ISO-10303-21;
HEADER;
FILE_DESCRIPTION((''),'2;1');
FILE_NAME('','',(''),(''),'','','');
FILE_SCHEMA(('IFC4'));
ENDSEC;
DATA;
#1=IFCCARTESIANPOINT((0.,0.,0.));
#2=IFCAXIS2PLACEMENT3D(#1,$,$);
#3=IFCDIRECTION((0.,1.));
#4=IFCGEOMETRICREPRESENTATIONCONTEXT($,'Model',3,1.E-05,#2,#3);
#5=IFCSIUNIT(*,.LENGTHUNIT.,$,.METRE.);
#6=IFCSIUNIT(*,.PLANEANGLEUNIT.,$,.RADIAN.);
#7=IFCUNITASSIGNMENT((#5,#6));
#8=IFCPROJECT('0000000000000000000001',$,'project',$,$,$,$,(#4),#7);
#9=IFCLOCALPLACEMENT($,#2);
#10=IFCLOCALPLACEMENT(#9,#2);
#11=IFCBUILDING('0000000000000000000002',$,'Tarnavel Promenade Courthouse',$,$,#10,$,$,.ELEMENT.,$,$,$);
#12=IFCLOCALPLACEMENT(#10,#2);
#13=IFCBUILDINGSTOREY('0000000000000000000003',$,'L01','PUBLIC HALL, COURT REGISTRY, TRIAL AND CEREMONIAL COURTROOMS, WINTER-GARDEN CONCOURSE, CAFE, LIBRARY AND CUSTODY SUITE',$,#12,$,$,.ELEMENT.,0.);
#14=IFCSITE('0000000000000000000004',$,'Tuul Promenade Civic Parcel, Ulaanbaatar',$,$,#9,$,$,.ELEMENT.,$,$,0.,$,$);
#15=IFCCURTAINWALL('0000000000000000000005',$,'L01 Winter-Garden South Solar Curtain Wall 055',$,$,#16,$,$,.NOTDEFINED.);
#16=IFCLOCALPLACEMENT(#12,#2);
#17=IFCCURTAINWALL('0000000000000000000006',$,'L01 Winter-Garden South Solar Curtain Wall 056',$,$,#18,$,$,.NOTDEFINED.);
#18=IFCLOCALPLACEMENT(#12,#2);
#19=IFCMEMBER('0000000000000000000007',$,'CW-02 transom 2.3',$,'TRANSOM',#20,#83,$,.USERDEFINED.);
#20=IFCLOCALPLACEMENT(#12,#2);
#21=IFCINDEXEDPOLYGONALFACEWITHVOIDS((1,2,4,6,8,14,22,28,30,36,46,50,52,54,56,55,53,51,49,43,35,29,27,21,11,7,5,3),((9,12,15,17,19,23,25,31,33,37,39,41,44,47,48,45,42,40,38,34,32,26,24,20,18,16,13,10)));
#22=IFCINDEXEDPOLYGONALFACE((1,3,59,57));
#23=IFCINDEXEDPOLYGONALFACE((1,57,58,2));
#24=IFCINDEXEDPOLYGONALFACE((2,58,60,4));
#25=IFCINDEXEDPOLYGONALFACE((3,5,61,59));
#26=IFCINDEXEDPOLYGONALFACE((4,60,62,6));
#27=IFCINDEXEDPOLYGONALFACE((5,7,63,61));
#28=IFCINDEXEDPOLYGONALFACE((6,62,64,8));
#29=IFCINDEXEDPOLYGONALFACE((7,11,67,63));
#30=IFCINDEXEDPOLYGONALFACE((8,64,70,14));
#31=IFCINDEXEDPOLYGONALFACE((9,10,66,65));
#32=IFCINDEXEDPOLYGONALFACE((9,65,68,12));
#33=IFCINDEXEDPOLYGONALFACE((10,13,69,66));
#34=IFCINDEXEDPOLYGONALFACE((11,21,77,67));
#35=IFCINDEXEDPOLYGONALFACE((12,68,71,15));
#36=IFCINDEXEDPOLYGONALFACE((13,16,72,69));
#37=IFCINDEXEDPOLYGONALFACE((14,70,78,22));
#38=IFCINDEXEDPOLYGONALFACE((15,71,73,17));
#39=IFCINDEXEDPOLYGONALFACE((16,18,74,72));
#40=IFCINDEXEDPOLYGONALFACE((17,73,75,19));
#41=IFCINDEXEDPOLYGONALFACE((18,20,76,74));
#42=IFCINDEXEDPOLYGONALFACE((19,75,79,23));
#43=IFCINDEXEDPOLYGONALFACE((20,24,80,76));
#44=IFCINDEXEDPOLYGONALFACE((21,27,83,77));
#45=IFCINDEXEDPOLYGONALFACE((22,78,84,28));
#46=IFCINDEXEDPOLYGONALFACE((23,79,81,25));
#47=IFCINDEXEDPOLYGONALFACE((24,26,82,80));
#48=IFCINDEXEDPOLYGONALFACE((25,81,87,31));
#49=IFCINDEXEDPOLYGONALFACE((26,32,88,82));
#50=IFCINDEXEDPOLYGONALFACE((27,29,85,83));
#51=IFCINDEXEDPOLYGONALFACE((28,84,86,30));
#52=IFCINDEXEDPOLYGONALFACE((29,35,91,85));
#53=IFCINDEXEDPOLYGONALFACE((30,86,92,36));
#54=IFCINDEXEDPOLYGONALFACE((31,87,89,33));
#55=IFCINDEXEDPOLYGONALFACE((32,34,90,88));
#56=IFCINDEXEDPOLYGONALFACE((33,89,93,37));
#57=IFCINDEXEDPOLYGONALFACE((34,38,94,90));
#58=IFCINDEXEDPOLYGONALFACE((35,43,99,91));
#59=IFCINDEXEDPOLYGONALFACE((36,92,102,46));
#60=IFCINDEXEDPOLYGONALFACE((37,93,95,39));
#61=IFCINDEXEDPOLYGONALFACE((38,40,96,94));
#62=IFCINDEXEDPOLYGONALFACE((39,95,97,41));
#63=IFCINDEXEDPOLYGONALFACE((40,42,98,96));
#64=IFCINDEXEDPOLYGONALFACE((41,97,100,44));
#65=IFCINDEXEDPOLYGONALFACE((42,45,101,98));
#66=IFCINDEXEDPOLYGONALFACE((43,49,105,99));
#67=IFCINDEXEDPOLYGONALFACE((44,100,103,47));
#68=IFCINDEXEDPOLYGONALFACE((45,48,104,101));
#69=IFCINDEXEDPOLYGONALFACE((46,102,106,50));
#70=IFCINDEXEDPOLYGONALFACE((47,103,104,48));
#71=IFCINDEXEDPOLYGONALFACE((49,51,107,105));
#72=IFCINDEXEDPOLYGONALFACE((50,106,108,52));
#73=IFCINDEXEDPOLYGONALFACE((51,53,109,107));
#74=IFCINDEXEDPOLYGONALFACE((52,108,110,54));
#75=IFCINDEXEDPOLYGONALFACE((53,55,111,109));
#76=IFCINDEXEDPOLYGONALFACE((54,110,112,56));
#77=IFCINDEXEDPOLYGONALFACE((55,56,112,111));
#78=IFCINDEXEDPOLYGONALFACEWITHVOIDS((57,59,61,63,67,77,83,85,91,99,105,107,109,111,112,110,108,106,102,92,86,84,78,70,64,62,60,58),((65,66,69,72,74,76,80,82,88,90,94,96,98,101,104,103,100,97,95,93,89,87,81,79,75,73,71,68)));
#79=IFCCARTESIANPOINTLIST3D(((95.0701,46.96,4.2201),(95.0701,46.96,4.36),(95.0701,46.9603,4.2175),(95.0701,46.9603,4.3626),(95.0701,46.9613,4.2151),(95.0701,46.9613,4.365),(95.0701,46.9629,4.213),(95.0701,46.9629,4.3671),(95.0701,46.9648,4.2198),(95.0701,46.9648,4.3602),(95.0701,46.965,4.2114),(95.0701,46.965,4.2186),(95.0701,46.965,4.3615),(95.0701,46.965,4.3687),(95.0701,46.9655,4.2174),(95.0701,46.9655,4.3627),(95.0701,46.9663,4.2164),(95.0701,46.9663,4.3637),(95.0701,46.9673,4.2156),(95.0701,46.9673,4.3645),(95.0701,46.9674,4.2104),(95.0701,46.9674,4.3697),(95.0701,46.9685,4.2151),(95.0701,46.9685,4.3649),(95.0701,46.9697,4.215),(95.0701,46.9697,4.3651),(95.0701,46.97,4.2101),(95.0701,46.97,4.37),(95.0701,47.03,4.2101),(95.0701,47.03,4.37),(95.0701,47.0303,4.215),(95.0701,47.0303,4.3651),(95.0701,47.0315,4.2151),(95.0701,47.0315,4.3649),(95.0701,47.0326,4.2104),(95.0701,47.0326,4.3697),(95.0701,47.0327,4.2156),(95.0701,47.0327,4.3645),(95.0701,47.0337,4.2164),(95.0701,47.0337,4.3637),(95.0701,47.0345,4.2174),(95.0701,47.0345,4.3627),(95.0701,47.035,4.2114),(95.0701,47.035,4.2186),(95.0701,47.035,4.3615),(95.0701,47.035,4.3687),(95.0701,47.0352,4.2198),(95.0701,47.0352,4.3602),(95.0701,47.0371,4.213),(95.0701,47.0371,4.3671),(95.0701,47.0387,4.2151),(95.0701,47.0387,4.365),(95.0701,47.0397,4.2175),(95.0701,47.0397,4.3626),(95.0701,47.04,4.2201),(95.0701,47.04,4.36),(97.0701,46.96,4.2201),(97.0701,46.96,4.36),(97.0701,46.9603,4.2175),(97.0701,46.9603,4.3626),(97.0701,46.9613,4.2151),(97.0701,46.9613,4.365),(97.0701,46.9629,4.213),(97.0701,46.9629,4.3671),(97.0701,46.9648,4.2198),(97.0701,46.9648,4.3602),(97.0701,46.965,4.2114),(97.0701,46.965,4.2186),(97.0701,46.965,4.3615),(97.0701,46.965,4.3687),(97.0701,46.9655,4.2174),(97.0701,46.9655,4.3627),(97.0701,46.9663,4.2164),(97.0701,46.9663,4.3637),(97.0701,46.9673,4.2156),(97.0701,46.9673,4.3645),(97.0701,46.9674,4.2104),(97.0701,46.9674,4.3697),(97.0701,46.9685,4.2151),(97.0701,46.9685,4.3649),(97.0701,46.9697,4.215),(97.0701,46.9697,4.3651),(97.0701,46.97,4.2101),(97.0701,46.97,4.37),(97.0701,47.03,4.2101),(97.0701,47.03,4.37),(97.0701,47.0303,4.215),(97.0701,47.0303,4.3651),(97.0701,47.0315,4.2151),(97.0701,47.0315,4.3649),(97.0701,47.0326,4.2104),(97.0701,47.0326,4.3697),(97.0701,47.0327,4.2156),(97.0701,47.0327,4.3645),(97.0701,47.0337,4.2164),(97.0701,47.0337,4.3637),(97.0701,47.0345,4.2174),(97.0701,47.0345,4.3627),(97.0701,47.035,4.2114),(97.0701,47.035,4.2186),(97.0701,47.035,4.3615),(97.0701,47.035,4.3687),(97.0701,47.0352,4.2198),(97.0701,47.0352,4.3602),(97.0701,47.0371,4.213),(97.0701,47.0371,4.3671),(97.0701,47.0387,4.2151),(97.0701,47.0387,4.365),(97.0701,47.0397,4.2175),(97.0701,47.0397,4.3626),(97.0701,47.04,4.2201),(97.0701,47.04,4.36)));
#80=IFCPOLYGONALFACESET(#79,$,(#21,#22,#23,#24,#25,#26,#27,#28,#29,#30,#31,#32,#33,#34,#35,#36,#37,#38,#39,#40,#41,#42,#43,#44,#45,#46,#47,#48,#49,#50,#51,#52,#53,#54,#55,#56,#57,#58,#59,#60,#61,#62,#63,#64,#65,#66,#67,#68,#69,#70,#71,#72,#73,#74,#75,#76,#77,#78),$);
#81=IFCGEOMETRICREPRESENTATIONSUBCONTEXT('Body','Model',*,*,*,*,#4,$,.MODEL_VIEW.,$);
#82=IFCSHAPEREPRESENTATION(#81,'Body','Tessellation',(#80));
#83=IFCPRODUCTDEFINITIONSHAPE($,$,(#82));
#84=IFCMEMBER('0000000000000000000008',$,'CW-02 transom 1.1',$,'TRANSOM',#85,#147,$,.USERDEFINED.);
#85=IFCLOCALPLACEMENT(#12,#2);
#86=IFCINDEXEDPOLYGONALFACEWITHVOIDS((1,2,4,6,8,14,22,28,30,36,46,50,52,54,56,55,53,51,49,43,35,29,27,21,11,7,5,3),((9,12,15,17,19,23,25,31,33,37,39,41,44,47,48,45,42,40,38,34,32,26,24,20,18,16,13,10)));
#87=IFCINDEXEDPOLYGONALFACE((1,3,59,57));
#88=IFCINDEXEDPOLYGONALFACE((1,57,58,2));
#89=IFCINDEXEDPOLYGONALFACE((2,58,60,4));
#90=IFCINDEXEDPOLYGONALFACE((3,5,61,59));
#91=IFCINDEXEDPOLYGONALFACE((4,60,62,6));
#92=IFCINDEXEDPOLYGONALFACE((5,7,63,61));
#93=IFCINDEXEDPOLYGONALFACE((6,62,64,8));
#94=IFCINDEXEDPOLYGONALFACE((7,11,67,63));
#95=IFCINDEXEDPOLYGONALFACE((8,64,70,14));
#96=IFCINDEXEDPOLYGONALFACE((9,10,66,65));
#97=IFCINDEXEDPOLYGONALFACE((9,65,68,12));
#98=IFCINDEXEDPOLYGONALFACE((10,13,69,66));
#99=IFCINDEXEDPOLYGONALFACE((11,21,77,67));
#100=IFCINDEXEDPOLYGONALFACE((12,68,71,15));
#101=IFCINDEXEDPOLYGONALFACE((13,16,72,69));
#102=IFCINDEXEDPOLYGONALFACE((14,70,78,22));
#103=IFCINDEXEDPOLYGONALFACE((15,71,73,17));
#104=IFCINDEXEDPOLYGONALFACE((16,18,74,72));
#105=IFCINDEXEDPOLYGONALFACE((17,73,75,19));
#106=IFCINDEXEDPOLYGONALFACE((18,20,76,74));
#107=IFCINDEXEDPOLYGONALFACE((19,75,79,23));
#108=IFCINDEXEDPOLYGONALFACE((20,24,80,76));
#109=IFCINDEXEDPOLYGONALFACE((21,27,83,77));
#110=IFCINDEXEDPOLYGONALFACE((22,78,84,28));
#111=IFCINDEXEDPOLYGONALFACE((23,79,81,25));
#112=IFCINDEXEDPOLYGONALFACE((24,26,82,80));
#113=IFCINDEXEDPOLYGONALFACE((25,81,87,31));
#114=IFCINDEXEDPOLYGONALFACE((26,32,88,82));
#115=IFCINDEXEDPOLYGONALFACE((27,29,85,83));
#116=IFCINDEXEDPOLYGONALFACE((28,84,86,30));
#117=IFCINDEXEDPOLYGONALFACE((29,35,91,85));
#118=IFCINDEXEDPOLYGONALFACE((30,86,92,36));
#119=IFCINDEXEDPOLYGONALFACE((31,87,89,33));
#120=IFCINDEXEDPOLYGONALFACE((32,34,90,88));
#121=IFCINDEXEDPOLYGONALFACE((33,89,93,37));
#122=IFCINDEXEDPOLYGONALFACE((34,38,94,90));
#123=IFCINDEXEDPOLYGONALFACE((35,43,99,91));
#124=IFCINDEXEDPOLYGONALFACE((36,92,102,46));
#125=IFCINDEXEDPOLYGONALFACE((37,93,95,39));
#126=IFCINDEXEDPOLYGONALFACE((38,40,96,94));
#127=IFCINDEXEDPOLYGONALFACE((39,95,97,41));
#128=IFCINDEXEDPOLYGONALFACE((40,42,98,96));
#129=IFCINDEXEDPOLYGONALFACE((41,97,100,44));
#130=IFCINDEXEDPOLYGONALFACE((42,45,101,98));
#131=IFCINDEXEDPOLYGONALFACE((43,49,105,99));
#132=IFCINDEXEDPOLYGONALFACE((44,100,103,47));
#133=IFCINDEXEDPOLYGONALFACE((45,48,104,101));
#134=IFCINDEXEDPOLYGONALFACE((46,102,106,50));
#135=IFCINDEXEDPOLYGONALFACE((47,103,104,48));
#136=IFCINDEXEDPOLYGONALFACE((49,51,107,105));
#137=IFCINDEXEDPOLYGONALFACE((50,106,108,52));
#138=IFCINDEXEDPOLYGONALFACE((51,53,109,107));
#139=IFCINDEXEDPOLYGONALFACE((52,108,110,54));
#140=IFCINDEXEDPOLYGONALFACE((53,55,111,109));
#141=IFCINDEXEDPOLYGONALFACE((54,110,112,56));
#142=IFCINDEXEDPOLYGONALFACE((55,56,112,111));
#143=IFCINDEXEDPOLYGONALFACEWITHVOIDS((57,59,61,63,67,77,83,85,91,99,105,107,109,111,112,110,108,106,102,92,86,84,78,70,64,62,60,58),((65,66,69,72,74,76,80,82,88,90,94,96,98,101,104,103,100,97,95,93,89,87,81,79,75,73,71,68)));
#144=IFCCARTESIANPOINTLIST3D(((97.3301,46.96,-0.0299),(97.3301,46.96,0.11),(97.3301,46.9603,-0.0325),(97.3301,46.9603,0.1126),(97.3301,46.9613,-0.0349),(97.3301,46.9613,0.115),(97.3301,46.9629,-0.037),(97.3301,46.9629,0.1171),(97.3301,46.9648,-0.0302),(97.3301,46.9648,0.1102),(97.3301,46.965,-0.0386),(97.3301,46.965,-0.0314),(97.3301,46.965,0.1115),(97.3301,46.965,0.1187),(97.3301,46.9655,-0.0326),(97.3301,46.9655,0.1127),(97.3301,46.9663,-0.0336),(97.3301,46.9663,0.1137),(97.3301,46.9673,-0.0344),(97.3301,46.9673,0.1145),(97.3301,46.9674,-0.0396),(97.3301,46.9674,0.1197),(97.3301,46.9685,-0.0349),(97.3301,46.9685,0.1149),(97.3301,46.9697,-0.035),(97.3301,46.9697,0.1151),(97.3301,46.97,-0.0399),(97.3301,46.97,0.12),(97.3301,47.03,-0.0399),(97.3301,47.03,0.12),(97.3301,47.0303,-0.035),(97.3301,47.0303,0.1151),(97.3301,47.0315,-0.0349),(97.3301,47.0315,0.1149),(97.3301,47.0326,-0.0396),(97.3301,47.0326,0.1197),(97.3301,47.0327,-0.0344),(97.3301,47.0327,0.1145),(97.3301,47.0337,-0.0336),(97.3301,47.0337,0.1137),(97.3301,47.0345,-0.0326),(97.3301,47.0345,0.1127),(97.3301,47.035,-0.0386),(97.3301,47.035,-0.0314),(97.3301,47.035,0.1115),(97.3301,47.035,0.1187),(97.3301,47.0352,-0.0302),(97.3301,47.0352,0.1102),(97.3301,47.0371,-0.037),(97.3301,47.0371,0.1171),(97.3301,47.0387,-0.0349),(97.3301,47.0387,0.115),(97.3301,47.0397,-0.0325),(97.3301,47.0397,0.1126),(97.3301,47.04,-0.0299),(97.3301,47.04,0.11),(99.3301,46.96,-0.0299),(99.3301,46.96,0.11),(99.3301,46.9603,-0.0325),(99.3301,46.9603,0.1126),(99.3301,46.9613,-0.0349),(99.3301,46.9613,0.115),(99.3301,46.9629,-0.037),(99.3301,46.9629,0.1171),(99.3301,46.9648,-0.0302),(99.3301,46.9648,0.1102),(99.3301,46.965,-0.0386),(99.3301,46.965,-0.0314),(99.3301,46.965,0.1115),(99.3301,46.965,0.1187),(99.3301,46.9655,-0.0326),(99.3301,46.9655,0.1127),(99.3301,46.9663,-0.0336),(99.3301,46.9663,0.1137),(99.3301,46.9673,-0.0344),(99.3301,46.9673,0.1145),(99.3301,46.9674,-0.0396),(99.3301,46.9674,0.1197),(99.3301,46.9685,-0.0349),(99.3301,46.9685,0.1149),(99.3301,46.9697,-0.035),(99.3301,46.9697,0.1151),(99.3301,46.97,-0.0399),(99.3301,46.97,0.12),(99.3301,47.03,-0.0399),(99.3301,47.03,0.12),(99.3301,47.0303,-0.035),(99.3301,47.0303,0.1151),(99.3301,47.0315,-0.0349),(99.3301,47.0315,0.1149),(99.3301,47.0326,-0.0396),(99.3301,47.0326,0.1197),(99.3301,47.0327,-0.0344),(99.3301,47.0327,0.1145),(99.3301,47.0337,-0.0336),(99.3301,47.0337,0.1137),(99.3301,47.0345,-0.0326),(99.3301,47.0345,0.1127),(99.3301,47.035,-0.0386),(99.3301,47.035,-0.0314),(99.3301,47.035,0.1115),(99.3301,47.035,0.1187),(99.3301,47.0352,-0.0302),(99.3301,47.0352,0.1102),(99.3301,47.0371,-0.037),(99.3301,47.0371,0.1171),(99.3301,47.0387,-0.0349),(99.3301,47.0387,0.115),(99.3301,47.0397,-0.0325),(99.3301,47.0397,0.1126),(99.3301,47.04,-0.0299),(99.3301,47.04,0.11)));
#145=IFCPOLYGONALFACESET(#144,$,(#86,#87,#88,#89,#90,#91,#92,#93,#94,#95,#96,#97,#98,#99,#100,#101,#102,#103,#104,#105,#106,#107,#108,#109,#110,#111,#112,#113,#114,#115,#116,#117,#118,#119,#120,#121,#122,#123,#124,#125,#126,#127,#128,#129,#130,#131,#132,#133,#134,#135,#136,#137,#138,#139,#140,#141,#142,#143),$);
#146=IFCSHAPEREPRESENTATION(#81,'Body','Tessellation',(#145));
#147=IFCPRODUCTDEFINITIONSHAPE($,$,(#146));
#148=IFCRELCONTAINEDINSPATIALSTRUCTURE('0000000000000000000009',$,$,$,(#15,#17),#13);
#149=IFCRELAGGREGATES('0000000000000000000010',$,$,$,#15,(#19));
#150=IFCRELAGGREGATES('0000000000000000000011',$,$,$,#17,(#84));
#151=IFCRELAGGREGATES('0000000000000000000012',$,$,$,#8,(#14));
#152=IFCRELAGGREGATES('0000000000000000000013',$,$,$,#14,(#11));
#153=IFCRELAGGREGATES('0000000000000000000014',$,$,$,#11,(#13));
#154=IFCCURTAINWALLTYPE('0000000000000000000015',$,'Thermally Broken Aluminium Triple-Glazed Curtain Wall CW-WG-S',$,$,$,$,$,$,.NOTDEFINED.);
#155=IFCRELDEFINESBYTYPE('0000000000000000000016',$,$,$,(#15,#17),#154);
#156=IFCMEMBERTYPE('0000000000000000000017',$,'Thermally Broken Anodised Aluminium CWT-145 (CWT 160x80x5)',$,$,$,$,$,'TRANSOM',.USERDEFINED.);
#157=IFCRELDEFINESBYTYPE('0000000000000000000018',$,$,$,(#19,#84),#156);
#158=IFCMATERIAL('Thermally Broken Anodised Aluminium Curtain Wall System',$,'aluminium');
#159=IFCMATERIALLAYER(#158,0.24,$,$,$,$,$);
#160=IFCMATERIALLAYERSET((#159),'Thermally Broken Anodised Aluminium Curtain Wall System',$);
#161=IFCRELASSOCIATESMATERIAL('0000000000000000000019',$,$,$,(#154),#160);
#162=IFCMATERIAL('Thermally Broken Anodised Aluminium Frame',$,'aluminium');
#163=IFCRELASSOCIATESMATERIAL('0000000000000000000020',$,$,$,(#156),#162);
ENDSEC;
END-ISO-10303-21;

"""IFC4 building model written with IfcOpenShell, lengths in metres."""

from ifc_helpers import new_model, si_unit, direction, frame, origin, origin_2d, place, context, subcontext, project, spatial, hollow_rectangle, extrude, material, layer, layer_set, material_profile, profile_set, type_object, element, aggregate, save


model = new_model("IFC4")

# Units and contexts
model_context = context("Model", 3, precision=1e-05, world=origin(), true_north=direction((0.0, 1.0)))
body_context = subcontext(model_context, "Body", "Model", "MODEL_VIEW")
ifc_project = project(units=[si_unit("LENGTHUNIT", "METRE"), si_unit("PLANEANGLEUNIT", "RADIAN")], contexts=[model_context])

# Site, building, storey
site_placement = place(None, origin())
site = spatial("IfcSite", under=ifc_project, at=site_placement, Name="Tuul Promenade Civic Parcel, Ulaanbaatar", CompositionType="ELEMENT", RefElevation=0.0)
building_placement = place(site_placement, origin())
building = spatial("IfcBuilding", under=site, at=building_placement, Name="Tarnavel Promenade Courthouse", CompositionType="ELEMENT")
storey_placement = place(building_placement, origin())
storey = spatial("IfcBuildingStorey", under=building, at=storey_placement, Name="L01", Description="PUBLIC HALL, COURT REGISTRY, TRIAL AND CEREMONIAL COURTROOMS, WINTER-GARDEN CONCOURSE, CAFE, LIBRARY AND CUSTODY SUITE", CompositionType="ELEMENT", Elevation=0.0)

# Curtain wall
ifc_material_1 = material(Name="Thermally Broken Anodised Aluminium Curtain Wall System", Category="aluminium")
ifc_layer_1 = layer(ifc_material_1, 0.24)
ifc_layer_set_1 = layer_set([ifc_layer_1], Name="Thermally Broken Anodised Aluminium Curtain Wall System")
curtain_wall_type = type_object("IfcCurtainWallType", Name="Thermally Broken Aluminium Triple-Glazed Curtain Wall CW-WG-S", PredefinedType="NOTDEFINED", material=ifc_layer_set_1)
curtain_wall_1_placement = place(storey_placement, origin())
curtain_wall_1 = element("IfcCurtainWall", 1, at=curtain_wall_1_placement, inside=storey, type_object=curtain_wall_type, Name="L01 Winter-Garden South Solar Curtain Wall 055", PredefinedType="NOTDEFINED")
ifc_material_2 = material(Name="Thermally Broken Anodised Aluminium Frame", Category="aluminium")

# Curtain wall
curtain_wall_2_placement = place(storey_placement, origin())
curtain_wall_2 = element("IfcCurtainWall", 2, at=curtain_wall_2_placement, inside=storey, type_object=curtain_wall_type, Name="L01 Winter-Garden South Solar Curtain Wall 056", PredefinedType="NOTDEFINED")

# Members
ifc_material_profile_1 = material_profile(ifc_material_2, hollow_rectangle(XDim=0.0801, YDim=0.1599, WallThickness=0.0049, InnerFilletRadius=0.0049, OuterFilletRadius=0.01, at=origin_2d()), Name="CWT 160x80x5")
ifc_profile_set_1 = profile_set([ifc_material_profile_1], Name="Thermally Broken Anodised Aluminium Frame")
member_type_1 = type_object("IfcMemberType", Name="Thermally Broken Anodised Aluminium CWT-145 (CWT 160x80x5)", ElementType="TRANSOM", PredefinedType="USERDEFINED", material=ifc_profile_set_1)
member_1_placement = place(storey_placement, frame((95.0701, 47.0, 4.29), z_axis=(1.0, 0.0, 0.0), x_axis=(0.0, 1.0, 0.0)))
member_1 = element("IfcMember", 3, at=member_1_placement, type_object=member_type_1, Name="CW-02 transom 2.3", ObjectType="TRANSOM", PredefinedType="USERDEFINED", context=body_context, shape_type="SweptSolid", body=[
    extrude(hollow_rectangle(XDim=0.0801, YDim=0.1599, WallThickness=0.0049, InnerFilletRadius=0.0049, OuterFilletRadius=0.01, at=origin_2d()), origin(), (0.0, 0.0, 1.0), 2.0),
])
member_2_placement = place(storey_placement, frame((97.3301, 47.0, 0.04), z_axis=(1.0, 0.0, 0.0), x_axis=(0.0, 1.0, 0.0)))
member_2 = element("IfcMember", 4, at=member_2_placement, type_object=member_type_1, Name="CW-02 transom 1.1", ObjectType="TRANSOM", PredefinedType="USERDEFINED", context=body_context, shape_type="SweptSolid", body=[
    extrude(hollow_rectangle(XDim=0.0801, YDim=0.1599, WallThickness=0.0049, InnerFilletRadius=0.0049, OuterFilletRadius=0.01, at=origin_2d()), origin(), (0.0, 0.0, 1.0), 2.0),
])

aggregate(curtain_wall_1, [member_1])
aggregate(curtain_wall_2, [member_2])

save(model, "model.ifc")
